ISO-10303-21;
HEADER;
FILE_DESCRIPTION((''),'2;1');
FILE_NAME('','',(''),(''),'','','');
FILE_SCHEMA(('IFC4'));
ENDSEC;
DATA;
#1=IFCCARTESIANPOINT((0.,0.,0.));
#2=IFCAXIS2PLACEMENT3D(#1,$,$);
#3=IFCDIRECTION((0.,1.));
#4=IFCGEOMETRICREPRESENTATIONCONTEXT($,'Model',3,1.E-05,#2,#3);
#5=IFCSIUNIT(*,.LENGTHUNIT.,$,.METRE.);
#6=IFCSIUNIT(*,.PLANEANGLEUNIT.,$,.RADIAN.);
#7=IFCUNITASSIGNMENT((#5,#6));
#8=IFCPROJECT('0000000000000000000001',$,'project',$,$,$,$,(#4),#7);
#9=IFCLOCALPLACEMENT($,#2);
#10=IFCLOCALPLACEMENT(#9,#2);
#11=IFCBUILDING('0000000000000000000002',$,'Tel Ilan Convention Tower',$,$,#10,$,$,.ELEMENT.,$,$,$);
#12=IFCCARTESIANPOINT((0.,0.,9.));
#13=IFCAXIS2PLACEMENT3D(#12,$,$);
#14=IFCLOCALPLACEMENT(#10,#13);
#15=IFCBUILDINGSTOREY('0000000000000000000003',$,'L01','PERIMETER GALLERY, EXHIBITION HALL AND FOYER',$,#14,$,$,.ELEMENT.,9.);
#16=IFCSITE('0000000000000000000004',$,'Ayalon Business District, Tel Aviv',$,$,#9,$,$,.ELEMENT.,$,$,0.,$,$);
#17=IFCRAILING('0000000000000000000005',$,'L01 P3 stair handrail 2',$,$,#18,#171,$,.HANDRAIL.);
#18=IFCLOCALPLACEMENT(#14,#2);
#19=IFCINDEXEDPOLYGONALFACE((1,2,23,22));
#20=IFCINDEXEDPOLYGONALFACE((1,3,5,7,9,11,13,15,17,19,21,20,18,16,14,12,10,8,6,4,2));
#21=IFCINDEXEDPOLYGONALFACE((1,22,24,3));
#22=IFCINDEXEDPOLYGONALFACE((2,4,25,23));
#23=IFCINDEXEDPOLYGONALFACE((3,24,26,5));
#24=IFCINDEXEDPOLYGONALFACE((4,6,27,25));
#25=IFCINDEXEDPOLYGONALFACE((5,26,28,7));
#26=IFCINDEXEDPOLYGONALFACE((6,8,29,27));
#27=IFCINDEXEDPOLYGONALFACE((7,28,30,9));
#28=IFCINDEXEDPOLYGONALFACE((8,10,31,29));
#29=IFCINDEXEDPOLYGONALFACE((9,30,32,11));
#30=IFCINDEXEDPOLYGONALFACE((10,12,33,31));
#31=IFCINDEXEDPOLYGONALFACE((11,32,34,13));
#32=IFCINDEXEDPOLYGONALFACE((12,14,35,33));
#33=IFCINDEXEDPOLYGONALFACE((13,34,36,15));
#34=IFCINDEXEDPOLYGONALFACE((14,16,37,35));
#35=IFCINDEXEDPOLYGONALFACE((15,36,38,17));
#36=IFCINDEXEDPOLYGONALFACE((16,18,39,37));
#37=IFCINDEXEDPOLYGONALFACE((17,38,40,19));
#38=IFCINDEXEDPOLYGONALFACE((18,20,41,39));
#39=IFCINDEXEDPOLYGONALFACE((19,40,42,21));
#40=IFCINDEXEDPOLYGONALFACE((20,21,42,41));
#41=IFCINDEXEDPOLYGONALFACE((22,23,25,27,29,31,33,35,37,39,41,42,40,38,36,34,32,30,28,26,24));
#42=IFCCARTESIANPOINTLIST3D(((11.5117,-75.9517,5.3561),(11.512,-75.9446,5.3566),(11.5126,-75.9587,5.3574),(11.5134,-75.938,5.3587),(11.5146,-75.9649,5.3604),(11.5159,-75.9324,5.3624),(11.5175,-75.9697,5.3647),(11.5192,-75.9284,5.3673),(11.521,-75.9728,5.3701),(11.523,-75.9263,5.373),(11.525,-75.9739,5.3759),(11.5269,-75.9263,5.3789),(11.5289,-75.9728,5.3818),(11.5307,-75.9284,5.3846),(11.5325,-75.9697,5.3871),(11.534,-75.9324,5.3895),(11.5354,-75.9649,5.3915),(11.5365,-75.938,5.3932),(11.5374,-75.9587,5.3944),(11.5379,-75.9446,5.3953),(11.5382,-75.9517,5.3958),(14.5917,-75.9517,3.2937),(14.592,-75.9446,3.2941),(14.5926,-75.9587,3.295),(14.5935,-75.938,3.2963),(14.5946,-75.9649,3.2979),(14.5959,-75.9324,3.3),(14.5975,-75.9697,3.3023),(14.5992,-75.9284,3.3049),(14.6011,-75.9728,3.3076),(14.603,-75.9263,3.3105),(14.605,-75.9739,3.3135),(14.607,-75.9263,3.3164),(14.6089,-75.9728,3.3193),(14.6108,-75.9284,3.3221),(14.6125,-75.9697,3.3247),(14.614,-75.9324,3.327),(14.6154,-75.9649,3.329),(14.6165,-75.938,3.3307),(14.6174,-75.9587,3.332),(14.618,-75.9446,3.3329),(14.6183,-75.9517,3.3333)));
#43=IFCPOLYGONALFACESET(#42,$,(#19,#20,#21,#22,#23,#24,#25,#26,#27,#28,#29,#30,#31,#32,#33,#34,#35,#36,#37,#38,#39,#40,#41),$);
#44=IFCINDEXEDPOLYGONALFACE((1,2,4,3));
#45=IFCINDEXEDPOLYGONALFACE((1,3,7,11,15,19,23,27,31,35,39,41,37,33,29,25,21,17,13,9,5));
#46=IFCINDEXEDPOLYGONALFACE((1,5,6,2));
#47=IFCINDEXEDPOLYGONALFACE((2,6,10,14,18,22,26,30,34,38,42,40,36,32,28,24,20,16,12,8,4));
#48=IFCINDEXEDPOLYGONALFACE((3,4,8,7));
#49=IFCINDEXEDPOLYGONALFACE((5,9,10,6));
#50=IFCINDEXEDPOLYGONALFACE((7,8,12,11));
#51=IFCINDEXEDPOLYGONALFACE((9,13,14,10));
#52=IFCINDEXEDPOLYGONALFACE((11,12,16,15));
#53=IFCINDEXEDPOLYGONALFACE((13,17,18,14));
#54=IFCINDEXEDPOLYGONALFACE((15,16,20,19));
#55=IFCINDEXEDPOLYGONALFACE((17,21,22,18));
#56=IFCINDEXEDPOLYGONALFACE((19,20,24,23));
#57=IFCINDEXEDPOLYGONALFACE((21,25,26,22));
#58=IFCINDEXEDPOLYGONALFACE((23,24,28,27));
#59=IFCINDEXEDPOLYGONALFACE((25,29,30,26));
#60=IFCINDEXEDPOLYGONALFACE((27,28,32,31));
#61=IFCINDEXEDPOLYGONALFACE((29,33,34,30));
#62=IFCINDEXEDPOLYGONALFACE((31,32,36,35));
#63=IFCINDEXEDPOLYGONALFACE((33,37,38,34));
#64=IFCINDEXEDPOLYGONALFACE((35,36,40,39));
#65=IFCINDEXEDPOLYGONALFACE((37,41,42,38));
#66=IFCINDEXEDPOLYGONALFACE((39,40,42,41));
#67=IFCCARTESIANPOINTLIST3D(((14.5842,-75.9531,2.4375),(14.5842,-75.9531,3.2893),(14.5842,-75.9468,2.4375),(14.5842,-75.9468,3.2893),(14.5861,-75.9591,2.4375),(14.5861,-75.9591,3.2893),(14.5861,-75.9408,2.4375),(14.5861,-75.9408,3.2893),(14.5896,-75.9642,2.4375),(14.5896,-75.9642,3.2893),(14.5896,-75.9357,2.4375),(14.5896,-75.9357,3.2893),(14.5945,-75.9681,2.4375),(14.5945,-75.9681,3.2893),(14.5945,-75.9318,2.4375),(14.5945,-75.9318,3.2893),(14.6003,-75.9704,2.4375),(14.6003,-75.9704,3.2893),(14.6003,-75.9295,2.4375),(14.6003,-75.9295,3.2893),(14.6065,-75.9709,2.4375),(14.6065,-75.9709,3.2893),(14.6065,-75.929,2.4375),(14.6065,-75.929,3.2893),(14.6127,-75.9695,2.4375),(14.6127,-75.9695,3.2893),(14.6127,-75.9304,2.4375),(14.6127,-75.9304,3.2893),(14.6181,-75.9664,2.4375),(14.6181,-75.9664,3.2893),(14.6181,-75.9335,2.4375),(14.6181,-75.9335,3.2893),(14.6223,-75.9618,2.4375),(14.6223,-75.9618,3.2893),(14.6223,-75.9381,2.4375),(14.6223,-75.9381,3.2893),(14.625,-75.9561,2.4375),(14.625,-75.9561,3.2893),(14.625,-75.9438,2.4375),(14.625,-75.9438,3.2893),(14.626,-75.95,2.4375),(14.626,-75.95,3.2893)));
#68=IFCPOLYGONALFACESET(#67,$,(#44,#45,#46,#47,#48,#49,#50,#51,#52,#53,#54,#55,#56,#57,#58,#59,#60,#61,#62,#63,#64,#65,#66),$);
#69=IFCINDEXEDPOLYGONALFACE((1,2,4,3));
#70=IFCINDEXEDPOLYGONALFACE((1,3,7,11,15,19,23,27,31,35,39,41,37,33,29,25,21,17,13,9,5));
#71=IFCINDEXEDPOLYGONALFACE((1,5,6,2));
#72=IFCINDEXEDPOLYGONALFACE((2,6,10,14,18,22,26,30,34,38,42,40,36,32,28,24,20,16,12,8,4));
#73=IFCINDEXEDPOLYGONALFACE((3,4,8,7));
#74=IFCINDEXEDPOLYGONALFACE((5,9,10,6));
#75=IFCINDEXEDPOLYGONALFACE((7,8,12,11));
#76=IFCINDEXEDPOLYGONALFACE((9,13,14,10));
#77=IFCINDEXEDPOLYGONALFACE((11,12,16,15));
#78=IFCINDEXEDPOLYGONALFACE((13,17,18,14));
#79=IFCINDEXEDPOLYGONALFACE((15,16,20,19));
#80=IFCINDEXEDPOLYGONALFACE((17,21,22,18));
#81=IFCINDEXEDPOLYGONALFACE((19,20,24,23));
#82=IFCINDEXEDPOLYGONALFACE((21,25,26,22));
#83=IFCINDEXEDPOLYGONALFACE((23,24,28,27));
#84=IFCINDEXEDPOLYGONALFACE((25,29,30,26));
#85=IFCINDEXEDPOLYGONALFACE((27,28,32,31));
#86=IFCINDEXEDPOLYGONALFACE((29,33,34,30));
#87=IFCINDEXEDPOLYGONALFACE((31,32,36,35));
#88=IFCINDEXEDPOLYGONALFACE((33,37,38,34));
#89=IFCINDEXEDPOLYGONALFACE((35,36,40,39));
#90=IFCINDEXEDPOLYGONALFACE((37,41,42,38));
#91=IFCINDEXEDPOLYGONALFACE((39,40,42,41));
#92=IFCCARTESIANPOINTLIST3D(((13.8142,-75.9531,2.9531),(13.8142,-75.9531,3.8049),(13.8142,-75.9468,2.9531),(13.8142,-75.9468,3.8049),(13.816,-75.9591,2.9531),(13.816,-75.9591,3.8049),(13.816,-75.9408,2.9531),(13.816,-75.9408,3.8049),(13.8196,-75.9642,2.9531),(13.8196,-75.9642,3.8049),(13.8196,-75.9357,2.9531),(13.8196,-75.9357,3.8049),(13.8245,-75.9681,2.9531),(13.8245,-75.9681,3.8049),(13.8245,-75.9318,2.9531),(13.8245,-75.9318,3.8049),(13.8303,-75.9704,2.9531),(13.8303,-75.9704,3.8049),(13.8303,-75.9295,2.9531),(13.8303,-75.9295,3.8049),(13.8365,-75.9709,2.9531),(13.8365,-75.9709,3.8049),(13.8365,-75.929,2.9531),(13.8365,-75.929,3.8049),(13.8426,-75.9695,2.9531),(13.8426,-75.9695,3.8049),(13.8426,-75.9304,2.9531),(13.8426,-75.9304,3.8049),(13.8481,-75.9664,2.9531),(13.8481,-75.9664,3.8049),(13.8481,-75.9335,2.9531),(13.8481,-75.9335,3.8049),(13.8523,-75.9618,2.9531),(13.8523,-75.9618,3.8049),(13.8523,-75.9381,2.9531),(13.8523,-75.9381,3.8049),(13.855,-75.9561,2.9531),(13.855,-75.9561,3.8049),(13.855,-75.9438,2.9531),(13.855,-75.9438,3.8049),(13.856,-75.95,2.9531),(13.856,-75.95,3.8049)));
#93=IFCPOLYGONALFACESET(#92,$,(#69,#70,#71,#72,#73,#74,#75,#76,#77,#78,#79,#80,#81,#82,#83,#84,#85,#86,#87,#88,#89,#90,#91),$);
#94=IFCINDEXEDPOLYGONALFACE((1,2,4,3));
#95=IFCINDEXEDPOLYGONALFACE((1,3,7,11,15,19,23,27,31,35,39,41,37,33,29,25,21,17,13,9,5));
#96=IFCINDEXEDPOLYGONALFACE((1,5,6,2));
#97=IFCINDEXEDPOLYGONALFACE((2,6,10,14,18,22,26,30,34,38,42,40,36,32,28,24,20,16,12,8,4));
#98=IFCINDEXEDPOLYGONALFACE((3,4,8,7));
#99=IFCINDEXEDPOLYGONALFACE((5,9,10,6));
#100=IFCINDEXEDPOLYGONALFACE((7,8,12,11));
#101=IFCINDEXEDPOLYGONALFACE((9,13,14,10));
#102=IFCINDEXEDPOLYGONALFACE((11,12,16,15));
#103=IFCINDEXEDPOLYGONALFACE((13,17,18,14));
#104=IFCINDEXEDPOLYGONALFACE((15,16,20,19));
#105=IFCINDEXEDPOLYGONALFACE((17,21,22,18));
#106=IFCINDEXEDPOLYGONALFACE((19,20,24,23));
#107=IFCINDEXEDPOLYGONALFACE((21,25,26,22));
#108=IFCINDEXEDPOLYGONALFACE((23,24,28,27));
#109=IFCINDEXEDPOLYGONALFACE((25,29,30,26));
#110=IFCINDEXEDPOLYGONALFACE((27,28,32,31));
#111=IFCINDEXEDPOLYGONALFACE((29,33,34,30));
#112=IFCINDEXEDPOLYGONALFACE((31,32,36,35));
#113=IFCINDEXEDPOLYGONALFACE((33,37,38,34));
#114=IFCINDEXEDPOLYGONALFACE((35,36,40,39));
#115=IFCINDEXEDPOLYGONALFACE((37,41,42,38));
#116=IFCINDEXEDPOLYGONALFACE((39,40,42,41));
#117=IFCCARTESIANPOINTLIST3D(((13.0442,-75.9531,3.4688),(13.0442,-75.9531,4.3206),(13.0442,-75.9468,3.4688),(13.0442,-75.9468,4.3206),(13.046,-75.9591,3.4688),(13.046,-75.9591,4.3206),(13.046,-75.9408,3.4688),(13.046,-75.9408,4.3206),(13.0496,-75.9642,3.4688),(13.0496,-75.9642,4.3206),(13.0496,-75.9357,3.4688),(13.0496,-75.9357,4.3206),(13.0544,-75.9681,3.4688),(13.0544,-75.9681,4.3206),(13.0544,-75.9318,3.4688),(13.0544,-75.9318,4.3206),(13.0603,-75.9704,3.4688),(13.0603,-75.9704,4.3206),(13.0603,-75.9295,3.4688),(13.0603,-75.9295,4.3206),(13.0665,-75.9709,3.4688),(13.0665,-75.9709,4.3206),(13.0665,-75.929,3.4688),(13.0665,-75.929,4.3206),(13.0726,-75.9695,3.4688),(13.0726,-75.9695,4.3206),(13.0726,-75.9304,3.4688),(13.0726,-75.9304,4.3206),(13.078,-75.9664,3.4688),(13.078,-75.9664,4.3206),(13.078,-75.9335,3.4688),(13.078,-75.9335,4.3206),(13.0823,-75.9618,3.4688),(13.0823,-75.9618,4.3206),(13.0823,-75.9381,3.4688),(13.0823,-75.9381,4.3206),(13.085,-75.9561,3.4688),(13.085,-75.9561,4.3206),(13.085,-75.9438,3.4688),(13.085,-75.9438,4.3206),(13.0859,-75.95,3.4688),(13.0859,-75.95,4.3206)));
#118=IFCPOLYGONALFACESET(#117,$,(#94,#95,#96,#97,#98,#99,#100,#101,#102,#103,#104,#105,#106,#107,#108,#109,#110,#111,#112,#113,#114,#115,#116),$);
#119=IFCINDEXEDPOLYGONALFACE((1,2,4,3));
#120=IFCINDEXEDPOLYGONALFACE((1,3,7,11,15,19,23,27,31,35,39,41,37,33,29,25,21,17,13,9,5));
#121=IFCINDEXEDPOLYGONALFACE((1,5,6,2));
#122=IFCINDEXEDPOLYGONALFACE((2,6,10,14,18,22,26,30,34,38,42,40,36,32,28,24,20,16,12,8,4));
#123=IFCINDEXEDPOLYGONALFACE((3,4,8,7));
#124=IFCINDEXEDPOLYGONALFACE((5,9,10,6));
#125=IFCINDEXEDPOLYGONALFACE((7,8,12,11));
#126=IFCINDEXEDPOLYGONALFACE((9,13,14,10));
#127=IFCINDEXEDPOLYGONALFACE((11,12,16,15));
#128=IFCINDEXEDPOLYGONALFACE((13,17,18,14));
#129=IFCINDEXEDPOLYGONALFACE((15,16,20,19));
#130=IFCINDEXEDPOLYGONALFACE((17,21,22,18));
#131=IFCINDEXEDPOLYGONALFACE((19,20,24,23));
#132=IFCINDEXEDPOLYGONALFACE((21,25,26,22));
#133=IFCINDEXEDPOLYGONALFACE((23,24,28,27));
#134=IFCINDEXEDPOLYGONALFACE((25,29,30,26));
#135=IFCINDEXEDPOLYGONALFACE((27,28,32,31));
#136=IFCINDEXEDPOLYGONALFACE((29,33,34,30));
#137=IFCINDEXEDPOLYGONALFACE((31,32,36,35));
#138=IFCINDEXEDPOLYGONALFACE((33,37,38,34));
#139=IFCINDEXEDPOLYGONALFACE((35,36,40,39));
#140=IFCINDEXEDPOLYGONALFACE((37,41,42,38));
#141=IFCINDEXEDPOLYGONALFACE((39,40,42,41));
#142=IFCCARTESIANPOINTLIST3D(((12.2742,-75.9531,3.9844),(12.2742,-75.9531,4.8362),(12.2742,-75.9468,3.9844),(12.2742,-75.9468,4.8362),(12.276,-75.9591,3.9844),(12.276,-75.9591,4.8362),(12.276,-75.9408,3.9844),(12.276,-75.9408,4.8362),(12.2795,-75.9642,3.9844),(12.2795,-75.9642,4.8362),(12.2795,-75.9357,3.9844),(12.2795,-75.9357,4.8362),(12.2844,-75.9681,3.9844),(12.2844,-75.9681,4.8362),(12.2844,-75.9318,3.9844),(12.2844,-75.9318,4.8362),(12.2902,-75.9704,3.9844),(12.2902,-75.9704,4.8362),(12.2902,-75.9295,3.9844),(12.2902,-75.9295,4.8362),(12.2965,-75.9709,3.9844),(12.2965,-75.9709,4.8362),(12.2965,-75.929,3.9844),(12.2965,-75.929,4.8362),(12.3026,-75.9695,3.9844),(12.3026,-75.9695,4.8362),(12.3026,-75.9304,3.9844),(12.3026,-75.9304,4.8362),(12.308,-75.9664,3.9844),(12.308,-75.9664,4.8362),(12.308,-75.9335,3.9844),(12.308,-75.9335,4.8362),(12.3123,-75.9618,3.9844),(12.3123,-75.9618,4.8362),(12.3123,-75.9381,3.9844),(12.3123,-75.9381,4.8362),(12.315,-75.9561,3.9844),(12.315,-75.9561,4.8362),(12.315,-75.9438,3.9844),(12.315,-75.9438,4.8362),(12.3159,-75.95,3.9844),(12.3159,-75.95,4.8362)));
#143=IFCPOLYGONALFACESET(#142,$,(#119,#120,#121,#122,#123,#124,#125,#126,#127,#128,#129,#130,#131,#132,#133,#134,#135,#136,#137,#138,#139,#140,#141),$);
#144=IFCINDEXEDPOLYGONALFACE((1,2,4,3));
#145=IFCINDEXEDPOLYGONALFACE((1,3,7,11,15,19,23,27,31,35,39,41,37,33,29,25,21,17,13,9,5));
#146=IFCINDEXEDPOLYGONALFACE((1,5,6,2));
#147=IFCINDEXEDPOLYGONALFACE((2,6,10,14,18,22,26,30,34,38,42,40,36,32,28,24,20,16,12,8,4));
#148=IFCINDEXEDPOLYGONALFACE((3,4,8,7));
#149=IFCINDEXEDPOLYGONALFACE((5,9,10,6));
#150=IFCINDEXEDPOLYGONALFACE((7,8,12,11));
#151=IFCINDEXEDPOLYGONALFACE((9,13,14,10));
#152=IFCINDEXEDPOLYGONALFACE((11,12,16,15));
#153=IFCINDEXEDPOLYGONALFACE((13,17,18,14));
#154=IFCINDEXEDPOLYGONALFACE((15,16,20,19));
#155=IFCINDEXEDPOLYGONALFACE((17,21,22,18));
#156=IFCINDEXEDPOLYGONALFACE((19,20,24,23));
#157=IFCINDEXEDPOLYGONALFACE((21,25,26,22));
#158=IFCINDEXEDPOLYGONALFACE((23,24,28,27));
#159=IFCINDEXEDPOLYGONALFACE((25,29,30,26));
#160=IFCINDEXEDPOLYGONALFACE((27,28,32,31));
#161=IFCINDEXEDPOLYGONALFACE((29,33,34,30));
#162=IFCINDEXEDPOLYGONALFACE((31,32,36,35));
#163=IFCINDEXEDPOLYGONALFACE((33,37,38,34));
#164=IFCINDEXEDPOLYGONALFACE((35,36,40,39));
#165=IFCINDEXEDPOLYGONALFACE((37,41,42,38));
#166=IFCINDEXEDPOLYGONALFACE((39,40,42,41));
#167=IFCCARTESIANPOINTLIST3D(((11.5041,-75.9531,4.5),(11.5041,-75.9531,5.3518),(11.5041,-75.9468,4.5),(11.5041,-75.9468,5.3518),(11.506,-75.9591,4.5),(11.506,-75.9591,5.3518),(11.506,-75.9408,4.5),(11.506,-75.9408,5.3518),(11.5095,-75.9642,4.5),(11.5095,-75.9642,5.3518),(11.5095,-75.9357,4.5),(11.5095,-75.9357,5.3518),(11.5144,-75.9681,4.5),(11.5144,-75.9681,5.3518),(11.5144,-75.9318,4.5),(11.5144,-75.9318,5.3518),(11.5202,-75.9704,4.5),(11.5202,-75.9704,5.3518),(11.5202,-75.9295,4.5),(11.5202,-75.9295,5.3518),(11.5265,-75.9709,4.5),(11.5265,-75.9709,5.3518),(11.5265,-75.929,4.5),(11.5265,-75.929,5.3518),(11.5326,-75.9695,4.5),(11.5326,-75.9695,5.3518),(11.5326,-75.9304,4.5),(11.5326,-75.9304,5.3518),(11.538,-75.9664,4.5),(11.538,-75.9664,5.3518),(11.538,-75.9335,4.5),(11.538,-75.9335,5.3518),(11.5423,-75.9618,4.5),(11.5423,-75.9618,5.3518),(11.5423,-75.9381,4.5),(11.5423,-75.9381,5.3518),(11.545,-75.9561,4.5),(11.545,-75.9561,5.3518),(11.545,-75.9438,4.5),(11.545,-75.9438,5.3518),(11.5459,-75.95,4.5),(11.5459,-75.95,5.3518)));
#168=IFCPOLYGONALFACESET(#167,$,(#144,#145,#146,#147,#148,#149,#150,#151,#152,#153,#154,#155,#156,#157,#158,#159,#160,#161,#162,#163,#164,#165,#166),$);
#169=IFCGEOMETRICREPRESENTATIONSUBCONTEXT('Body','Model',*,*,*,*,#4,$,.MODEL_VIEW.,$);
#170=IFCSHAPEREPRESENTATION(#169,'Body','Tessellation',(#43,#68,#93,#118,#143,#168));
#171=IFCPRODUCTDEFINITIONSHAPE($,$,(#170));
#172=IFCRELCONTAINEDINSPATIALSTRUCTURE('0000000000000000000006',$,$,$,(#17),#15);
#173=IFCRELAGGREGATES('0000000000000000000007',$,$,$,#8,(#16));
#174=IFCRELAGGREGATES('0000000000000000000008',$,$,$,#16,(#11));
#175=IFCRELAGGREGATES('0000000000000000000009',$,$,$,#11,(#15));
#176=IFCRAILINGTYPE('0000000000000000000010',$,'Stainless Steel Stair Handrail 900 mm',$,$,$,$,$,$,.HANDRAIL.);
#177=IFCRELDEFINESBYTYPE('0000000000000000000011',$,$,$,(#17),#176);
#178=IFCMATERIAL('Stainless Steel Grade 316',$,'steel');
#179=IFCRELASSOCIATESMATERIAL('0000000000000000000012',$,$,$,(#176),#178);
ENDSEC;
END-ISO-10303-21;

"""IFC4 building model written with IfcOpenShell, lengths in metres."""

from ifc_helpers import new_model, si_unit, direction, frame, origin, origin_2d, place, context, subcontext, project, spatial, circle, extrude, material, type_object, element, save


model = new_model("IFC4")

# Units and contexts
model_context = context("Model", 3, precision=1e-05, world=origin(), true_north=direction((0.0, 1.0)))
body_context = subcontext(model_context, "Body", "Model", "MODEL_VIEW")
ifc_project = project(units=[si_unit("LENGTHUNIT", "METRE"), si_unit("PLANEANGLEUNIT", "RADIAN")], contexts=[model_context])

# Site, building, storey
site_placement = place(None, origin())
site = spatial("IfcSite", under=ifc_project, at=site_placement, Name="Ayalon Business District, Tel Aviv", CompositionType="ELEMENT", RefElevation=0.0)
building_placement = place(site_placement, origin())
building = spatial("IfcBuilding", under=site, at=building_placement, Name="Tel Ilan Convention Tower", CompositionType="ELEMENT")
storey_placement = place(building_placement, frame((0.0, 0.0, 9.0)))
storey = spatial("IfcBuildingStorey", under=building, at=storey_placement, Name="L01", Description="PERIMETER GALLERY, EXHIBITION HALL AND FOYER", CompositionType="ELEMENT", Elevation=9.0)

# Railing
ifc_material_1 = material(Name="Stainless Steel Grade 316", Category="steel")
railing_type_1 = type_object("IfcRailingType", Name="Stainless Steel Stair Handrail 900 mm", PredefinedType="HANDRAIL", material=ifc_material_1)
railing_1_placement = place(storey_placement, frame((14.605, -75.95, 2.4375)))
element("IfcRailing", 1, at=railing_1_placement, inside=storey, type_object=railing_type_1, Name="L01 P3 stair handrail 2", PredefinedType="HANDRAIL", context=body_context, shape_type="SweptSolid", body=[
    extrude(circle(Radius=0.0239, at=origin_2d()), frame((0.0, 0.0, 0.876), z_axis=(-0.830914, 0.0, 0.556401), x_axis=(0.0, -1.0, 0.0)), (0.0, 0.0, 1.0), 3.7068),
    extrude(circle(Radius=0.021, at=origin_2d()), origin(), (0.0, 0.0, 1.0), 0.8518),
    extrude(circle(Radius=0.021, at=origin_2d()), frame((-0.77, 0.0, 0.5156)), (0.0, 0.0, 1.0), 0.8518),
    extrude(circle(Radius=0.021, at=origin_2d()), frame((-1.54, 0.0, 1.0312)), (0.0, 0.0, 1.0), 0.8518),
    extrude(circle(Radius=0.021, at=origin_2d()), frame((-2.3101, 0.0, 1.5469)), (0.0, 0.0, 1.0), 0.8518),
    extrude(circle(Radius=0.021, at=origin_2d()), frame((-3.0801, 0.0, 2.0625)), (0.0, 0.0, 1.0), 0.8518),
])

save(model, "model.ifc")
